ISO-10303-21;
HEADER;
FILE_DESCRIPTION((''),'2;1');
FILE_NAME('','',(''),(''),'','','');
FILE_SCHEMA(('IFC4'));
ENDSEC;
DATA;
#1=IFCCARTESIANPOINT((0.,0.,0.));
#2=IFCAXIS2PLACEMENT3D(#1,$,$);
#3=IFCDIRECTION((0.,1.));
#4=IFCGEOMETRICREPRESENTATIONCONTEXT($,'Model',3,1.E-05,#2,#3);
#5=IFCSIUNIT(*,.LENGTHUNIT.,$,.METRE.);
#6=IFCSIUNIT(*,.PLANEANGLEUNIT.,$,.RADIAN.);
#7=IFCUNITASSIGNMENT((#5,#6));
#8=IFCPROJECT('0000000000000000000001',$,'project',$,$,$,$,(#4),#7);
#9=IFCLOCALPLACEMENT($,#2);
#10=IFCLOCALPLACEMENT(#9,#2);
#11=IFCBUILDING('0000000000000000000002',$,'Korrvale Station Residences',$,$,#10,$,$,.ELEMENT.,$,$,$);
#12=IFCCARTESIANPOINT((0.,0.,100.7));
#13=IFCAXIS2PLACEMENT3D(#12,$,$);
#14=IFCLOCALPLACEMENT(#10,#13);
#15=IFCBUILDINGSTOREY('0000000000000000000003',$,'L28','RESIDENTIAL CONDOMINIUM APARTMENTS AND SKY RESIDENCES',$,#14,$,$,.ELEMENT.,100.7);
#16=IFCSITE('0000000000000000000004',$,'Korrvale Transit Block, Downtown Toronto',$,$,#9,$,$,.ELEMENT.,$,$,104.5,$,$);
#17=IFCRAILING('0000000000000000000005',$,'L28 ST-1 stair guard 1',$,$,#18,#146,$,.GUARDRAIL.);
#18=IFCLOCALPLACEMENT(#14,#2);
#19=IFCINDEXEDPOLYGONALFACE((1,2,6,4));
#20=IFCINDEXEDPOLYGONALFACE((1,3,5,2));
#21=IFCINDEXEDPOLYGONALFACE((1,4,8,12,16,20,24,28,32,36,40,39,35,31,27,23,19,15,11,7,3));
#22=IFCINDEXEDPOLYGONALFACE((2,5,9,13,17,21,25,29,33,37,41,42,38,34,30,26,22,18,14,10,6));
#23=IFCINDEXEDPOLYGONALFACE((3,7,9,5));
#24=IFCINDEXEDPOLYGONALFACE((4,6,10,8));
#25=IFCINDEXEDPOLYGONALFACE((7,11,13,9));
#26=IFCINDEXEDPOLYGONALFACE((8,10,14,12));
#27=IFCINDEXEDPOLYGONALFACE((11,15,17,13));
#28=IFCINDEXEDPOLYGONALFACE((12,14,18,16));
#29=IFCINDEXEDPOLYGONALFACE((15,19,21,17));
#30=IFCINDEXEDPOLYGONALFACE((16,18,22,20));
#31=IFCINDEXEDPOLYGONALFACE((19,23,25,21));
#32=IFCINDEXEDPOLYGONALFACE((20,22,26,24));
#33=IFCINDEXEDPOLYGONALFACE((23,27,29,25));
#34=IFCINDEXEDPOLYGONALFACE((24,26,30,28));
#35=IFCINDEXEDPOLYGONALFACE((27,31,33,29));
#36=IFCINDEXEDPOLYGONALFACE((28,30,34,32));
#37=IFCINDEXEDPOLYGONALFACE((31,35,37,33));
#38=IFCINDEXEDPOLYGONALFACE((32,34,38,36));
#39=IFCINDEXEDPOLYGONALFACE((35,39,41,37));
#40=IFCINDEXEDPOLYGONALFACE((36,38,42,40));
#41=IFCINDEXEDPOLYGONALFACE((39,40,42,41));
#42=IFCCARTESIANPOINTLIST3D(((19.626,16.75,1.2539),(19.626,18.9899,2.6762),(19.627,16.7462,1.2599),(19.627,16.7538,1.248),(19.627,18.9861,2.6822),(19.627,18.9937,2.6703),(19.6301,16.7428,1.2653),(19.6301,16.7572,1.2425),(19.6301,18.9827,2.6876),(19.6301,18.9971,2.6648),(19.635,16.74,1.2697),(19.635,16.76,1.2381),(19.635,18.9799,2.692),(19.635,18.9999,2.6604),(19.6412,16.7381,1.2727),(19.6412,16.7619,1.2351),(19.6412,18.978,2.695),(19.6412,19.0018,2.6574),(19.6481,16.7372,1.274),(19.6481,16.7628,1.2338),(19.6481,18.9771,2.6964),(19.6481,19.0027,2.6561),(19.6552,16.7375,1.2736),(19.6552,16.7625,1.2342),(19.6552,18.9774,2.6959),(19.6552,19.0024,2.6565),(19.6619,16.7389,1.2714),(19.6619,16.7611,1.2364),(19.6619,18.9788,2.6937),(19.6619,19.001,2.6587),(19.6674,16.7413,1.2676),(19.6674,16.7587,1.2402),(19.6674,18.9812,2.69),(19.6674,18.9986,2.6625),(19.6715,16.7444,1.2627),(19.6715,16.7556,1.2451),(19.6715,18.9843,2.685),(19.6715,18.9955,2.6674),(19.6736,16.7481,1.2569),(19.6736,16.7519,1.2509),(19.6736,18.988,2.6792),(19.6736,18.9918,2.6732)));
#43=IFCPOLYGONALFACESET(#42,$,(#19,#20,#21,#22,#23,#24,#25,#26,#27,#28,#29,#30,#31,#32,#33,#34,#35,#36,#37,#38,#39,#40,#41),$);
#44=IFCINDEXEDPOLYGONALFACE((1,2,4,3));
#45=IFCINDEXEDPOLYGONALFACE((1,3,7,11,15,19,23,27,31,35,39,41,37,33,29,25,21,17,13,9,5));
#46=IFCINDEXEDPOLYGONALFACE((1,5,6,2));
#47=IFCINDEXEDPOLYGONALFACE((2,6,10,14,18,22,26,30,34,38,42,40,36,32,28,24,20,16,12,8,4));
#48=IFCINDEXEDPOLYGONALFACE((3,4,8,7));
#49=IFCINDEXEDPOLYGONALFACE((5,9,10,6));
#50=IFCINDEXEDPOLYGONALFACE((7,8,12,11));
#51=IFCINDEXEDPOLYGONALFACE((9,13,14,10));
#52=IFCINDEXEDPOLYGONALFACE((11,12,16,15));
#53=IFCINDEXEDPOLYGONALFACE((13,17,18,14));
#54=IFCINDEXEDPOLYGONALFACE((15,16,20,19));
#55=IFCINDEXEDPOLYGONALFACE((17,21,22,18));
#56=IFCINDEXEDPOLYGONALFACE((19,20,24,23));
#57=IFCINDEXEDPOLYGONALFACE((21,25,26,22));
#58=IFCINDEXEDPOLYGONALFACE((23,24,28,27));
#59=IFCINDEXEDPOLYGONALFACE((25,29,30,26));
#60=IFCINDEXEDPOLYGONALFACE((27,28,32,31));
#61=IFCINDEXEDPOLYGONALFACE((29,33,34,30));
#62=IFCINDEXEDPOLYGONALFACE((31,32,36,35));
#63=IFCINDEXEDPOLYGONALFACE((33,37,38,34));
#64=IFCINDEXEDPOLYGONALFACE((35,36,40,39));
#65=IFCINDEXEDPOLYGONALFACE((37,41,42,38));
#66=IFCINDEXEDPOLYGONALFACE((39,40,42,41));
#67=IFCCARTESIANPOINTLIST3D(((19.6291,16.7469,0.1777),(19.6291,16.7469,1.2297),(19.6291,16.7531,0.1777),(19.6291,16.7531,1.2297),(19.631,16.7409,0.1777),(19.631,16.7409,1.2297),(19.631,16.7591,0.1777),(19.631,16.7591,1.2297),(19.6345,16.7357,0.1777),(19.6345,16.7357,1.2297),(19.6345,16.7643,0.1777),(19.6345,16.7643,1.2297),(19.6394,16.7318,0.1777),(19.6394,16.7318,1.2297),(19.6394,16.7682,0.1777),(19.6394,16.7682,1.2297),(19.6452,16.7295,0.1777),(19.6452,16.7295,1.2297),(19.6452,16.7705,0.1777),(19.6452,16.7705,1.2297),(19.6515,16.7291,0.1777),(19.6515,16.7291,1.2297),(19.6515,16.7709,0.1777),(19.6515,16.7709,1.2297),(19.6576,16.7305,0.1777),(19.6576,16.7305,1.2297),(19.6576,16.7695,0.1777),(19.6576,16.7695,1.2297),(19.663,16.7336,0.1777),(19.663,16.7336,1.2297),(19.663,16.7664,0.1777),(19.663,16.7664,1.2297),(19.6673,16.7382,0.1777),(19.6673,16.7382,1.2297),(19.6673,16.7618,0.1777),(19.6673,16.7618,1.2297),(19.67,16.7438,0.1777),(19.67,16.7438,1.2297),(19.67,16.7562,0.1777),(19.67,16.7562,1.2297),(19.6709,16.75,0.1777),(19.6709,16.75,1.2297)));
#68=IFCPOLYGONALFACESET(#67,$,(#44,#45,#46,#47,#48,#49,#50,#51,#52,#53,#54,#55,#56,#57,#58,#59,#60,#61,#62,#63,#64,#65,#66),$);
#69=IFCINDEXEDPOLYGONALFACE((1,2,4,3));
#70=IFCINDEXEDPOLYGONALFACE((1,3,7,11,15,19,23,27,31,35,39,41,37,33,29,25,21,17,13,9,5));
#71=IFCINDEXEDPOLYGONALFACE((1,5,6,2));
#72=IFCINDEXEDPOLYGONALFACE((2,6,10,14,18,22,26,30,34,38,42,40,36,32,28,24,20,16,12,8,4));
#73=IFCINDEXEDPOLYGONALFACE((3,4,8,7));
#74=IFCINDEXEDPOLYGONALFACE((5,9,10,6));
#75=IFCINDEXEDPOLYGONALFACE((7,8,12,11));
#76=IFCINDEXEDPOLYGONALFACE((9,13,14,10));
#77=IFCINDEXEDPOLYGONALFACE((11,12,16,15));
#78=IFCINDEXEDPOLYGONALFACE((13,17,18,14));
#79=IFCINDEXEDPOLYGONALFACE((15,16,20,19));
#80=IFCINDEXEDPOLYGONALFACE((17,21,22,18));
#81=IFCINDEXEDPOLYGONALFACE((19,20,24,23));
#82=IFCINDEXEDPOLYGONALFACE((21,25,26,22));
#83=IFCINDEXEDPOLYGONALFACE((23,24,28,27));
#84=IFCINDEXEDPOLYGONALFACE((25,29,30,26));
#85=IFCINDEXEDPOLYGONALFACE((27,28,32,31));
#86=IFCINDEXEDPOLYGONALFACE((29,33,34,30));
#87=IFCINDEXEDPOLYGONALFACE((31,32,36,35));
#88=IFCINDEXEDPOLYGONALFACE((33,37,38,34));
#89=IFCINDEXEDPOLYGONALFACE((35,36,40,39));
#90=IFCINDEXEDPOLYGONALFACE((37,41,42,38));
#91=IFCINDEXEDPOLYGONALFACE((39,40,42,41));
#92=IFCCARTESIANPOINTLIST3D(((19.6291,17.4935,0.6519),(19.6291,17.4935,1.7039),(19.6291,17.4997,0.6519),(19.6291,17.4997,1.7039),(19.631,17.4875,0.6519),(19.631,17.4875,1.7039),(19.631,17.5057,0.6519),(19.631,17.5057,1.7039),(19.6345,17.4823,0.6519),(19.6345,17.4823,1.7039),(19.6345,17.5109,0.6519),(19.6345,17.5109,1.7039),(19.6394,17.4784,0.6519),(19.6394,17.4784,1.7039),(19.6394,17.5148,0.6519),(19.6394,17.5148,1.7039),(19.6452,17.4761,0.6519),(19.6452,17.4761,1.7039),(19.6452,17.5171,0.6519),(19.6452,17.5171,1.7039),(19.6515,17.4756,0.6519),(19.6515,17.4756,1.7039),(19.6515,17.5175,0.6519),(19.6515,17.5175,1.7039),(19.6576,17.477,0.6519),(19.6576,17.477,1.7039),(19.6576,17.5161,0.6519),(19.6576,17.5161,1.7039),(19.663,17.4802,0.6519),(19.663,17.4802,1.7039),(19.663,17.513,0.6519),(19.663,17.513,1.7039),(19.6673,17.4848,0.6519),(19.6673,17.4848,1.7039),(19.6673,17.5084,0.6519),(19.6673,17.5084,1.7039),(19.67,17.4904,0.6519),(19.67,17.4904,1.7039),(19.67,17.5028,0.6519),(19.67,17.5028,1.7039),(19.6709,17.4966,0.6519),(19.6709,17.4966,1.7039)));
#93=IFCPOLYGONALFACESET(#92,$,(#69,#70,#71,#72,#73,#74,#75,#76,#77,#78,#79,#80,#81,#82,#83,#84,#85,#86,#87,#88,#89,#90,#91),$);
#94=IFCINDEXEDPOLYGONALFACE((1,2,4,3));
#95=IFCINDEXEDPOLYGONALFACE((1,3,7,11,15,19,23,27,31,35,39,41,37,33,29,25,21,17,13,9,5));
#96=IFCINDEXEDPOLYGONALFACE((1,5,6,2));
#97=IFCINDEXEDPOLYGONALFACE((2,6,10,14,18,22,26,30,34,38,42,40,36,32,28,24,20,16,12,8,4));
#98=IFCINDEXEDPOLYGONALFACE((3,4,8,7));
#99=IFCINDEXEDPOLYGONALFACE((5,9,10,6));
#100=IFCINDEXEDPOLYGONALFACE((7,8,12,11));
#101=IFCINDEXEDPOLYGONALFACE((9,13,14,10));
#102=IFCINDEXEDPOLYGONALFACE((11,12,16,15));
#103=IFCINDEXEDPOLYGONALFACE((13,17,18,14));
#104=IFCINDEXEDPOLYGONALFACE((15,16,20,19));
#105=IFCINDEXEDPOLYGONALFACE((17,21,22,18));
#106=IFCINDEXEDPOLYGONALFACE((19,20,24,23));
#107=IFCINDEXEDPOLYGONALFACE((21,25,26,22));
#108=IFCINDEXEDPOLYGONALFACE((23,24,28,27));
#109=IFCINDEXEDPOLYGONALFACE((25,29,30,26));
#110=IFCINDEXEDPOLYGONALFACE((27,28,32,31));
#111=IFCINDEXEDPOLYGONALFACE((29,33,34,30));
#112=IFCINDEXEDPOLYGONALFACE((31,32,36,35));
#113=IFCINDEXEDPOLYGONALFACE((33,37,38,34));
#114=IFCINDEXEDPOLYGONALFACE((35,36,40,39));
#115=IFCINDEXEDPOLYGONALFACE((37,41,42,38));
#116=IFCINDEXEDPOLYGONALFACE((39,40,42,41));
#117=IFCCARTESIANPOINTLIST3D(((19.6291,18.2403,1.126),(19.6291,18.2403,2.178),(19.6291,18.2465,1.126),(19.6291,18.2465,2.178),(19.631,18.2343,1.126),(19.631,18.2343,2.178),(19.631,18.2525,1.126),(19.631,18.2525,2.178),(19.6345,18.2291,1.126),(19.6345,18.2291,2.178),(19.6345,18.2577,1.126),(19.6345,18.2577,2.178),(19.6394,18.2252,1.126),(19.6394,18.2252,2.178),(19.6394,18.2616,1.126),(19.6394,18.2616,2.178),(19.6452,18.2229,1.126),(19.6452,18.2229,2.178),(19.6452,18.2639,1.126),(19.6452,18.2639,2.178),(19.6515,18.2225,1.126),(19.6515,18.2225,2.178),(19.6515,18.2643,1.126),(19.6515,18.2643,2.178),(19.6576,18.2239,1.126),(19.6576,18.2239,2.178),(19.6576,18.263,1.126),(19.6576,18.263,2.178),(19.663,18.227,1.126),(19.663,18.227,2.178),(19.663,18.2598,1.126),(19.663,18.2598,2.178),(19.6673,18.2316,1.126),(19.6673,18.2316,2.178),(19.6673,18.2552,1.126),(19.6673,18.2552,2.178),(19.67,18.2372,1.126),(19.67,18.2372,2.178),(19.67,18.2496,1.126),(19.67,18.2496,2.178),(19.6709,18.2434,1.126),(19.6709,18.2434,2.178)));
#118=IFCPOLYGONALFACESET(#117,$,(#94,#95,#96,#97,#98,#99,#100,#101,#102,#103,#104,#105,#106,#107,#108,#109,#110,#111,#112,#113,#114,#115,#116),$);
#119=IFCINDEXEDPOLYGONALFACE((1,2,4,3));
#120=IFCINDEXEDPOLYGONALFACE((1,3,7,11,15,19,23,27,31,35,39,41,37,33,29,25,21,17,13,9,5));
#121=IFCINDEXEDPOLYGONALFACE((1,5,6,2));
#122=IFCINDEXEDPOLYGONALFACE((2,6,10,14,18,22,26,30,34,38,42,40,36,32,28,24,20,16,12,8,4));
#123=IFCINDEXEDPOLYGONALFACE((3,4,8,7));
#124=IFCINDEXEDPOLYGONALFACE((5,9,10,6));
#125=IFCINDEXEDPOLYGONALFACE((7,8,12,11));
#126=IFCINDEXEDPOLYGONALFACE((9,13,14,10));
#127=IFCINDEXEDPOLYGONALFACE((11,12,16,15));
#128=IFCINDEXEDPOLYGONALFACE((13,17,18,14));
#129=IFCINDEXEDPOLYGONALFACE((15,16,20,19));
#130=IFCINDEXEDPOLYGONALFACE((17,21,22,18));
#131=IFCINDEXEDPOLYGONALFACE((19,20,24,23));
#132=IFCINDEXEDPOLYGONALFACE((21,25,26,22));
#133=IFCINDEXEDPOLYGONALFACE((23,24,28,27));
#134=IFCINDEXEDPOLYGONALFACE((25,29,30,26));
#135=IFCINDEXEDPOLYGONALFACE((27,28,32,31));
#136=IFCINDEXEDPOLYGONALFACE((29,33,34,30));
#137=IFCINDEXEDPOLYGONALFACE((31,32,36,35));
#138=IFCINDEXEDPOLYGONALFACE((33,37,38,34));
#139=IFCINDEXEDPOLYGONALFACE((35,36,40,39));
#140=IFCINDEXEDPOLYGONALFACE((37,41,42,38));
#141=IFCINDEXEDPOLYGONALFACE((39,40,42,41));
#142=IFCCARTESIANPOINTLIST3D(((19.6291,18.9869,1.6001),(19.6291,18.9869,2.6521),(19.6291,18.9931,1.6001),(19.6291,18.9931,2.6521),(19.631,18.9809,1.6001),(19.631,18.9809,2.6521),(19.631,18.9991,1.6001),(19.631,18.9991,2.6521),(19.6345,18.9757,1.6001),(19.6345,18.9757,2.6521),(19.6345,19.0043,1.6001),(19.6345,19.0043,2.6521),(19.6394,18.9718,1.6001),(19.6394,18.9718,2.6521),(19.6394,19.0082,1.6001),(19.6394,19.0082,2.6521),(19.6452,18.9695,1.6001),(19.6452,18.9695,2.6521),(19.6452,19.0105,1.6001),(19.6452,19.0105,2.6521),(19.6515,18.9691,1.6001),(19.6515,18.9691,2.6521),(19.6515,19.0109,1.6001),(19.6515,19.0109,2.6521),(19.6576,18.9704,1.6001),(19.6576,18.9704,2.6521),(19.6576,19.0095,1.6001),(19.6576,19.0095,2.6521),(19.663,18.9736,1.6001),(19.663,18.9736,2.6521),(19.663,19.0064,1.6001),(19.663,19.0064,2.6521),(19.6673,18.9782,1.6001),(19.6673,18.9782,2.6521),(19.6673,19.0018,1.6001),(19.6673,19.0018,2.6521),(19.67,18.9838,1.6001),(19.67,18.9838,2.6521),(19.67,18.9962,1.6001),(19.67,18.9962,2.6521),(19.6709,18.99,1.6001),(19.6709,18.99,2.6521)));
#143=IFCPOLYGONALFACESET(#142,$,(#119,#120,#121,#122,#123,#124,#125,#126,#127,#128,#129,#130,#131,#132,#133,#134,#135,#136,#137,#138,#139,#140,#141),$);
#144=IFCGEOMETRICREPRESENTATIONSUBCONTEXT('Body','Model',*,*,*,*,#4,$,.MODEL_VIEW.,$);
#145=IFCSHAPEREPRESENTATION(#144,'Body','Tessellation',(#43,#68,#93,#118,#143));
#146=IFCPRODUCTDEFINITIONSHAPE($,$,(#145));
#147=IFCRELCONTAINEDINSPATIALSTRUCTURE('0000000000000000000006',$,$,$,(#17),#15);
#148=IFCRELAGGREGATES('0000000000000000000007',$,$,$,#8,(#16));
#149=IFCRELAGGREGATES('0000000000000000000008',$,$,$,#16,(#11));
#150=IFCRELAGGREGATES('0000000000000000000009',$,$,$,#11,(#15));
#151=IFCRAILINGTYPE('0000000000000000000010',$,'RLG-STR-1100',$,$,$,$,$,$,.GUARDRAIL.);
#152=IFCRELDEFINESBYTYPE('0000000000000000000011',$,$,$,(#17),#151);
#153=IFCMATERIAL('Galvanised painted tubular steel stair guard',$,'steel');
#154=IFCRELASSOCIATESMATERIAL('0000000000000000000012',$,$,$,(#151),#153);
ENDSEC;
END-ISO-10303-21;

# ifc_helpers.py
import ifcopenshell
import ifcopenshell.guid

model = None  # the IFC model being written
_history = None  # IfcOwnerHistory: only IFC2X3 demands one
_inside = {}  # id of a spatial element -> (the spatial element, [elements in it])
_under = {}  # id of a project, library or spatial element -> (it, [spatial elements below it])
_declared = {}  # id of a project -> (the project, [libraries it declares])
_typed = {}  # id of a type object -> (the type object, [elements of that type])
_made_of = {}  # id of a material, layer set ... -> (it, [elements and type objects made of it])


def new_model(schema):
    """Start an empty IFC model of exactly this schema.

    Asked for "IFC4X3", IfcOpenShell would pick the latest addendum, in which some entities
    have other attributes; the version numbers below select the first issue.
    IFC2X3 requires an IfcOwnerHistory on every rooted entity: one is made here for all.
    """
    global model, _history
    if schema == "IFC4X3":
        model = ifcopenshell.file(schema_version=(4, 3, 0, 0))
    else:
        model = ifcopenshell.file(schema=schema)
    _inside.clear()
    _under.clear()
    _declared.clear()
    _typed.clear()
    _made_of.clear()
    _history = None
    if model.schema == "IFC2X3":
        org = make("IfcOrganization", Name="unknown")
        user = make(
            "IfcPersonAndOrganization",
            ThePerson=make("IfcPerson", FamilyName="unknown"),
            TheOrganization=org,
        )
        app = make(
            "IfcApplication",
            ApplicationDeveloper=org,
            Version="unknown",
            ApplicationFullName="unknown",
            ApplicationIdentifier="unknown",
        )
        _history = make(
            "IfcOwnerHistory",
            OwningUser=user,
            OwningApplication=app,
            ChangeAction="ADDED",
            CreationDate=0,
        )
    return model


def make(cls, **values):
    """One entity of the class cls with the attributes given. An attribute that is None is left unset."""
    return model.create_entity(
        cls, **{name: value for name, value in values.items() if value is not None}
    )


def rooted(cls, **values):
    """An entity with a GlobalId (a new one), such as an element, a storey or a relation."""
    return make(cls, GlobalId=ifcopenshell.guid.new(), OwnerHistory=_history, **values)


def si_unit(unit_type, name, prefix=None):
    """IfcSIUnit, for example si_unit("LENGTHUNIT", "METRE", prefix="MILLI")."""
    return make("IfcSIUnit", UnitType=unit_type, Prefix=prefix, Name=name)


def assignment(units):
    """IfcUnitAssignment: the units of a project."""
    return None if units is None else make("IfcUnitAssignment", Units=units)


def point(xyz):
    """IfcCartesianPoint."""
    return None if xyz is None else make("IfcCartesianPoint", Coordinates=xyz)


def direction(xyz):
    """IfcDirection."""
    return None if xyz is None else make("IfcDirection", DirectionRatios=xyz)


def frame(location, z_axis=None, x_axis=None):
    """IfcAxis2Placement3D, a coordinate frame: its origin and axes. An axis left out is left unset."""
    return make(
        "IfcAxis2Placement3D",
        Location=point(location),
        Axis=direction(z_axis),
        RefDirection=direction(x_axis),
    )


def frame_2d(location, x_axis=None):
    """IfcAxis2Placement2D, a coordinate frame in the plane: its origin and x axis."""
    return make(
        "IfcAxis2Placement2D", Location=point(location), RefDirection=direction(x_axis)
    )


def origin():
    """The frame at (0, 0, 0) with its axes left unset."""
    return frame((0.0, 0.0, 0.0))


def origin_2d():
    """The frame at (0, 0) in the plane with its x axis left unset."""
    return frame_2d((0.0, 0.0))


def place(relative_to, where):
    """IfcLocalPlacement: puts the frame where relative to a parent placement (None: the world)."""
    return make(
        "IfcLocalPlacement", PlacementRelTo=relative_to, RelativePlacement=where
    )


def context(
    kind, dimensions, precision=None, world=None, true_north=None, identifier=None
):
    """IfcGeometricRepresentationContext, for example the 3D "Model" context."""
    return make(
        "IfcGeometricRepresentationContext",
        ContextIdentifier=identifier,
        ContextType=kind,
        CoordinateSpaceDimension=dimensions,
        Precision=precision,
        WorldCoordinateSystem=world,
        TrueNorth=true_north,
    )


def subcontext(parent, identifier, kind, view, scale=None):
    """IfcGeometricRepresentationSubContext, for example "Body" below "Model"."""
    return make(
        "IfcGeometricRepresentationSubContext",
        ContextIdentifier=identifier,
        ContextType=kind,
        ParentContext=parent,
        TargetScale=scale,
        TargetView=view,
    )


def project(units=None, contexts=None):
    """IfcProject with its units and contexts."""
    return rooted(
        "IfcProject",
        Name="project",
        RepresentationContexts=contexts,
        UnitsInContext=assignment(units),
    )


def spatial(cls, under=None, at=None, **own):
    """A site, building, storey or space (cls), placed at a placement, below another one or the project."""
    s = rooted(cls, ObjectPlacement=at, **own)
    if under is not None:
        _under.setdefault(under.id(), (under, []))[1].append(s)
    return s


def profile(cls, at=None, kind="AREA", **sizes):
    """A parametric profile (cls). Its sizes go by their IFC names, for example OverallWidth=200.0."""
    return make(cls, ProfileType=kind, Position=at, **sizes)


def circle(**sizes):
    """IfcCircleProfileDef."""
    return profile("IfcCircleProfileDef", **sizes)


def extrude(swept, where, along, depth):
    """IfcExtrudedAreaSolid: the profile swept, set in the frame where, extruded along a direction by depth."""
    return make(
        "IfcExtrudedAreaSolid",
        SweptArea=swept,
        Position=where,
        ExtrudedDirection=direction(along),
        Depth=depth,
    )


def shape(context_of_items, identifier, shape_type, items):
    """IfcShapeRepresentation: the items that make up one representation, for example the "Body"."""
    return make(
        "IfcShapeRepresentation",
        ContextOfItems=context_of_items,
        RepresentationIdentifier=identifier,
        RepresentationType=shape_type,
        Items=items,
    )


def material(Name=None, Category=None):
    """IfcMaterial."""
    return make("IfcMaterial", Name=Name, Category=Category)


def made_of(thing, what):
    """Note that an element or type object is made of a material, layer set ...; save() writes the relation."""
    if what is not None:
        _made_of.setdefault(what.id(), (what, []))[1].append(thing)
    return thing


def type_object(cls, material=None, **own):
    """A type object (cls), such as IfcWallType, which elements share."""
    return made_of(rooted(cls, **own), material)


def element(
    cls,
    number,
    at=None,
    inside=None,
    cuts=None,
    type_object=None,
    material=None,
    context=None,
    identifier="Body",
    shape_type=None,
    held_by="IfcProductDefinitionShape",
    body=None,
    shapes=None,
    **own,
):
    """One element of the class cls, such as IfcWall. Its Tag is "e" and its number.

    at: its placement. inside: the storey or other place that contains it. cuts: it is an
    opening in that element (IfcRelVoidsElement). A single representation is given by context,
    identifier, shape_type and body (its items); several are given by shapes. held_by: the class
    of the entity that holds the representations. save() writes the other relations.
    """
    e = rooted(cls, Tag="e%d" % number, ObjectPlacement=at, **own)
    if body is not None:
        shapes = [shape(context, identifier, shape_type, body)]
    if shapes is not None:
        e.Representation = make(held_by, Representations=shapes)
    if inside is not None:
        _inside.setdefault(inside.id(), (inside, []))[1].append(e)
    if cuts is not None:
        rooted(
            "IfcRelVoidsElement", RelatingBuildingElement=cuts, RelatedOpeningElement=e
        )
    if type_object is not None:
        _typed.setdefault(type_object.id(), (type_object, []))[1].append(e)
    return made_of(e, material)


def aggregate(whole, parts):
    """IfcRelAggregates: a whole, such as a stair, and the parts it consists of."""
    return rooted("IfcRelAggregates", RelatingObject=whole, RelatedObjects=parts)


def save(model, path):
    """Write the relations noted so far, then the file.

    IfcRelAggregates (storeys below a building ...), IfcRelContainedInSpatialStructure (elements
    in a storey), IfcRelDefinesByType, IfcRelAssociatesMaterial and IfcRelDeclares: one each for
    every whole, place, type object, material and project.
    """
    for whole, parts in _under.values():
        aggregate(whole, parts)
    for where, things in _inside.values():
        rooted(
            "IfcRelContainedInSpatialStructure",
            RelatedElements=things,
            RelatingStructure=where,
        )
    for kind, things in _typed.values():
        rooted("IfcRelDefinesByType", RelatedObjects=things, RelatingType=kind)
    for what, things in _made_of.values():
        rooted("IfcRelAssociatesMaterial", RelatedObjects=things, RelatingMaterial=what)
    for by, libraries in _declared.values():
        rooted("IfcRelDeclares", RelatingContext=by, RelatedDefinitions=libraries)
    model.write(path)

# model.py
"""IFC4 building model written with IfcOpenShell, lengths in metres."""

from ifc_helpers import new_model, si_unit, direction, frame, origin, origin_2d, place, context, subcontext, project, spatial, circle, extrude, material, type_object, element, save


model = new_model("IFC4")

# Units and contexts
model_context = context("Model", 3, precision=1e-05, world=origin(), true_north=direction((0.0, 1.0)))
body_context = subcontext(model_context, "Body", "Model", "MODEL_VIEW")
ifc_project = project(units=[si_unit("LENGTHUNIT", "METRE"), si_unit("PLANEANGLEUNIT", "RADIAN")], contexts=[model_context])

# Site, building, storey
site_placement = place(None, origin())
site = spatial("IfcSite", under=ifc_project, at=site_placement, Name="Korrvale Transit Block, Downtown Toronto", CompositionType="ELEMENT", RefElevation=104.5)
building_placement = place(site_placement, origin())
building = spatial("IfcBuilding", under=site, at=building_placement, Name="Korrvale Station Residences", CompositionType="ELEMENT")
storey_placement = place(building_placement, frame((0.0, 0.0, 100.7)))
storey = spatial("IfcBuildingStorey", under=building, at=storey_placement, Name="L28", Description="RESIDENTIAL CONDOMINIUM APARTMENTS AND SKY RESIDENCES", CompositionType="ELEMENT", Elevation=100.7)

# Railing
ifc_material_1 = material(Name="Galvanised painted tubular steel stair guard", Category="steel")
railing_type_1 = type_object("IfcRailingType", Name="RLG-STR-1100", PredefinedType="GUARDRAIL", material=ifc_material_1)
railing_1_placement = place(storey_placement, frame((19.6499, 16.75, 0.1777)))
element("IfcRailing", 1, at=railing_1_placement, inside=storey, type_object=railing_type_1, Name="L28 ST-1 stair guard 1", PredefinedType="GUARDRAIL", context=body_context, shape_type="SweptSolid", body=[
    extrude(circle(Radius=0.0239, at=origin_2d()), frame((0.0, 0.0, 1.0762), z_axis=(0.0, 0.844188, 0.536048), x_axis=(-1.0, 0.0, 0.0)), (0.0, 0.0, 1.0), 2.6533),
    extrude(circle(Radius=0.021, at=origin_2d()), origin(), (0.0, 0.0, 1.0), 1.052),
    extrude(circle(Radius=0.021, at=origin_2d()), frame((0.0, 0.7466, 0.4741)), (0.0, 0.0, 1.0), 1.052),
    extrude(circle(Radius=0.021, at=origin_2d()), frame((0.0, 1.4934, 0.9482)), (0.0, 0.0, 1.0), 1.052),
    extrude(circle(Radius=0.021, at=origin_2d()), frame((0.0, 2.24, 1.4224)), (0.0, 0.0, 1.0), 1.052),
])

save(model, "model.ifc")
